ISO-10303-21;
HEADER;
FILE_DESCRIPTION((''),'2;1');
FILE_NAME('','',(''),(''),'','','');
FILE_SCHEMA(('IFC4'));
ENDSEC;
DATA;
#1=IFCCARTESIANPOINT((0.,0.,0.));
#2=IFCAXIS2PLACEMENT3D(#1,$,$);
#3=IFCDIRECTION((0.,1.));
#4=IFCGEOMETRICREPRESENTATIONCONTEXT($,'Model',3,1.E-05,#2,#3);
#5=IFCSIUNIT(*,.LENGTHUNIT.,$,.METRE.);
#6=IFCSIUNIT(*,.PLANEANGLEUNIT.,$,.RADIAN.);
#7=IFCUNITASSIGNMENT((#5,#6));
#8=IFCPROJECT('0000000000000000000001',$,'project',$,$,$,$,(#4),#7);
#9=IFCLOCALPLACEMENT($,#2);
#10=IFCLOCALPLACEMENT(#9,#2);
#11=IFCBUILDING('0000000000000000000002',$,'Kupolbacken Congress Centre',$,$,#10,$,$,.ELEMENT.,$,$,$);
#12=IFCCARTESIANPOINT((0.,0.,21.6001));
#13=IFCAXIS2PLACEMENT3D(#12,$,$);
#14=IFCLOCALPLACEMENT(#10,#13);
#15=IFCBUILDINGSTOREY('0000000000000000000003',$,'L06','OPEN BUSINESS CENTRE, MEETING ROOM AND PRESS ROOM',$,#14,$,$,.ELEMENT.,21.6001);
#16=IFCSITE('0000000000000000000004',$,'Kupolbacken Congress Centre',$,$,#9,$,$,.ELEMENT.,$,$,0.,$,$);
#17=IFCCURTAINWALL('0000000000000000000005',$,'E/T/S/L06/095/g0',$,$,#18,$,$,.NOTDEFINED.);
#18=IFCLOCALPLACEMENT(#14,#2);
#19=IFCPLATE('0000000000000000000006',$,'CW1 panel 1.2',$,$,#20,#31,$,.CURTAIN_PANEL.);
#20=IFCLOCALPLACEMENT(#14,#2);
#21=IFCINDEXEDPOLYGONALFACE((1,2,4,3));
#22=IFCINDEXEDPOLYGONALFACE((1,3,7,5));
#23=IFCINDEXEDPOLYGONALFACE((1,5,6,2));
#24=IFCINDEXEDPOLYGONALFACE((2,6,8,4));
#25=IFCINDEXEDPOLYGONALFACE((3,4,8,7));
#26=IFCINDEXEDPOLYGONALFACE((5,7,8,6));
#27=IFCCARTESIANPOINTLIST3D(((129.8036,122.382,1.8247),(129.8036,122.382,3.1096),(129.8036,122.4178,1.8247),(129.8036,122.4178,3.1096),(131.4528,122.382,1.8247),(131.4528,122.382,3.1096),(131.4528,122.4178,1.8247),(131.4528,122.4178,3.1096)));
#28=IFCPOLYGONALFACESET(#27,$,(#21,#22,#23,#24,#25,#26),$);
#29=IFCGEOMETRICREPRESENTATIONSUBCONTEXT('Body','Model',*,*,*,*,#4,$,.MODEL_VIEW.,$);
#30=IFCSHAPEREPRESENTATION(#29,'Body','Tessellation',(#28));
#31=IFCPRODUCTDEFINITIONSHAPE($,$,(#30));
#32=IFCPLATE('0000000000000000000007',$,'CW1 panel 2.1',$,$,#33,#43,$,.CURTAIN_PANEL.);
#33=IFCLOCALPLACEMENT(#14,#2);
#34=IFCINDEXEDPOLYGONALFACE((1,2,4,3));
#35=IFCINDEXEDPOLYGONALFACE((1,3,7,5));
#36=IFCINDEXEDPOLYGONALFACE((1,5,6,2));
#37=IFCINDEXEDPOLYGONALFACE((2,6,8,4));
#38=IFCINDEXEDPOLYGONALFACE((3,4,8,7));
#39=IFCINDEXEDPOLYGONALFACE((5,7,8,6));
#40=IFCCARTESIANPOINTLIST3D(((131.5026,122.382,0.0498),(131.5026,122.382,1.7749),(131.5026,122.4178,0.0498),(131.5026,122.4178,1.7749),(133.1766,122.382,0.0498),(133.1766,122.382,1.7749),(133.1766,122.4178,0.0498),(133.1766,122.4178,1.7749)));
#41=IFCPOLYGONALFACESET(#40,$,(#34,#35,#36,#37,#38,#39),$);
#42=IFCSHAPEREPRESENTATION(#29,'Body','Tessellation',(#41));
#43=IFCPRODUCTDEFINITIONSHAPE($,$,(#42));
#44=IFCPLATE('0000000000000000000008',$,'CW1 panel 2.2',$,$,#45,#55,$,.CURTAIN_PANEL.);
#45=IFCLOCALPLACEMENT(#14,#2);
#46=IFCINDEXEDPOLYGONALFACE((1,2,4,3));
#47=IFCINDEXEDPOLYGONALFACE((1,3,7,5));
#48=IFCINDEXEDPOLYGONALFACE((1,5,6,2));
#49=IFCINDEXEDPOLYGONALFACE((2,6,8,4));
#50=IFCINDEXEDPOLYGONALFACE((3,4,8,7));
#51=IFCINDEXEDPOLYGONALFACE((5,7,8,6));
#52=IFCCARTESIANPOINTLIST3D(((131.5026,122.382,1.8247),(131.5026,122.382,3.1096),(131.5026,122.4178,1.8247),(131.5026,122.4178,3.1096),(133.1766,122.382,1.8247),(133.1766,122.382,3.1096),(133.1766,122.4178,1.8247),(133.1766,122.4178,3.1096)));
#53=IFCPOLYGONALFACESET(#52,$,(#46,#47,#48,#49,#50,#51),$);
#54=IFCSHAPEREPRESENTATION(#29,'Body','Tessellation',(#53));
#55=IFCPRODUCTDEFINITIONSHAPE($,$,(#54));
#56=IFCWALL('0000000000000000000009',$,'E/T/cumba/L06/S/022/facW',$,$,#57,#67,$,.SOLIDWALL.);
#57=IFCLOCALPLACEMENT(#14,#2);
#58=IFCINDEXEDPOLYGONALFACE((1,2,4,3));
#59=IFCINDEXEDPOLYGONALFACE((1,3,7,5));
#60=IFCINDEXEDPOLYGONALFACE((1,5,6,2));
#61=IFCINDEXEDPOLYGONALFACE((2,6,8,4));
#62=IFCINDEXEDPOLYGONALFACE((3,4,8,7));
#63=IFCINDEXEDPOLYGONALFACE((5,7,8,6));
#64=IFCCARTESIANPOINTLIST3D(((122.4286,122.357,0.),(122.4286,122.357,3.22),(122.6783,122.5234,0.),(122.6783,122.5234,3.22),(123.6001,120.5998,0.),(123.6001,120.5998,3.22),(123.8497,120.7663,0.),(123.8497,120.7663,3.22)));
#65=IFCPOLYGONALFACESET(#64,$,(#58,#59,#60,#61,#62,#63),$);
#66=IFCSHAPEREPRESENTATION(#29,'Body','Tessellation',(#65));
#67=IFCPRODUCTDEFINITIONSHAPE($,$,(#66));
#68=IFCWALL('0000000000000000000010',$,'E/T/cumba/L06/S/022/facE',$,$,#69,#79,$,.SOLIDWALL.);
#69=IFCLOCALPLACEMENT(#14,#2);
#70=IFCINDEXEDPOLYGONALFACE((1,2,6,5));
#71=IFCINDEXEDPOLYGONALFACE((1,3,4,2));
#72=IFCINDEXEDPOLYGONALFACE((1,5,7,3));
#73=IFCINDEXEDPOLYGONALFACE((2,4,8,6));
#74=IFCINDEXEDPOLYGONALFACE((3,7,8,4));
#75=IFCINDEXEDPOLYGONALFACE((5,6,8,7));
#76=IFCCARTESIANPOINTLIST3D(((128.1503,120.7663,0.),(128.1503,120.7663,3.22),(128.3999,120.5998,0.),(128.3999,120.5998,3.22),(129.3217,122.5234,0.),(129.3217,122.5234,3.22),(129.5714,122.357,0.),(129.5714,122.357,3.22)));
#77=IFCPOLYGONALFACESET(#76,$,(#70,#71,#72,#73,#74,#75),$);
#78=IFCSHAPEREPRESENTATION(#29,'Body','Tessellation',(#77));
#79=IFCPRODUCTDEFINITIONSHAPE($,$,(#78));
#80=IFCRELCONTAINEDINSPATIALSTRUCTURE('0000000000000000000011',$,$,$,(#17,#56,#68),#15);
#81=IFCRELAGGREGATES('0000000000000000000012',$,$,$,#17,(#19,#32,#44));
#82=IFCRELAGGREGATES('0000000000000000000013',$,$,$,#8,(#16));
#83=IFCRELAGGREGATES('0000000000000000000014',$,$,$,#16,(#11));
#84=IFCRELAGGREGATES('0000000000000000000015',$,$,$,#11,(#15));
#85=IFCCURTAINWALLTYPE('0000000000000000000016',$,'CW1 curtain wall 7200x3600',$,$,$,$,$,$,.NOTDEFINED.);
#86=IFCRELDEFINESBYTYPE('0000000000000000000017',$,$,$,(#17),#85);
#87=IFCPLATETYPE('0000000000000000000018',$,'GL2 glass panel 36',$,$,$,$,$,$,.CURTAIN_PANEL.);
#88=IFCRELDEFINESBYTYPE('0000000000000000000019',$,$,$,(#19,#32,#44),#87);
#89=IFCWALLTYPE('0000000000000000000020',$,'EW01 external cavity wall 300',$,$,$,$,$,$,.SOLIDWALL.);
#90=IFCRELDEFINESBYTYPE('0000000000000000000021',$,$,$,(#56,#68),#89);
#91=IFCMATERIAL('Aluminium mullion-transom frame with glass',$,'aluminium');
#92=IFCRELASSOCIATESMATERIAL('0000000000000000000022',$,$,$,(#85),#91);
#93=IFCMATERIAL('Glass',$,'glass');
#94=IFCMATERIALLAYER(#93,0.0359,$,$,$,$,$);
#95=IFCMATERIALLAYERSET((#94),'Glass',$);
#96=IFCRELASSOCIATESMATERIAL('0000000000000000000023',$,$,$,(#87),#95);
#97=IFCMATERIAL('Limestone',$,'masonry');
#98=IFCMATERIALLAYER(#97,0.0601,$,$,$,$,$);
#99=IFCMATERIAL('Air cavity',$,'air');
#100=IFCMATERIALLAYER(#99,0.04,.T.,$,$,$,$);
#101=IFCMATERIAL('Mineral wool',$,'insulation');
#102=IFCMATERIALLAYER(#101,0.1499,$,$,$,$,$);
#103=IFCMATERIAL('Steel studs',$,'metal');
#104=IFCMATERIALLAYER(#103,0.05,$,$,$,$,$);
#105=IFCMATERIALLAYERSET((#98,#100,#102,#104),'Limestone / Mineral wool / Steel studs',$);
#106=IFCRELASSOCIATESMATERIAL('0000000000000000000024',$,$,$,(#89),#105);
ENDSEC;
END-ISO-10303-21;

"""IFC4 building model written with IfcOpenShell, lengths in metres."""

from ifc_helpers import new_model, si_unit, direction, frame, frame_2d, origin, origin_2d, place, context, subcontext, project, spatial, rectangle, extrude, material, layer, layer_set, type_object, element, aggregate, save


model = new_model("IFC4")

# Units and contexts
model_context = context("Model", 3, precision=1e-05, world=origin(), true_north=direction((0.0, 1.0)))
body_context = subcontext(model_context, "Body", "Model", "MODEL_VIEW")
ifc_project = project(units=[si_unit("LENGTHUNIT", "METRE"), si_unit("PLANEANGLEUNIT", "RADIAN")], contexts=[model_context])

# Site, building, storey
site_placement = place(None, origin())
site = spatial("IfcSite", under=ifc_project, at=site_placement, Name="Kupolbacken Congress Centre", CompositionType="ELEMENT", RefElevation=0.0)
building_placement = place(site_placement, origin())
building = spatial("IfcBuilding", under=site, at=building_placement, Name="Kupolbacken Congress Centre", CompositionType="ELEMENT")
storey_placement = place(building_placement, frame((0.0, 0.0, 21.6001)))
storey = spatial("IfcBuildingStorey", under=building, at=storey_placement, Name="L06", Description="OPEN BUSINESS CENTRE, MEETING ROOM AND PRESS ROOM", CompositionType="ELEMENT", Elevation=21.6001)

# Curtain wall, plates
ifc_material_1 = material(Name="Aluminium mullion-transom frame with glass", Category="aluminium")
curtain_wall_type = type_object("IfcCurtainWallType", Name="CW1 curtain wall 7200x3600", PredefinedType="NOTDEFINED", material=ifc_material_1)
curtain_wall_placement = place(storey_placement, origin())
curtain_wall = element("IfcCurtainWall", 1, at=curtain_wall_placement, inside=storey, type_object=curtain_wall_type, Name="E/T/S/L06/095/g0", PredefinedType="NOTDEFINED")
ifc_material_2 = material(Name="Glass", Category="glass")
ifc_layer_1 = layer(ifc_material_2, 0.0359)
ifc_layer_set_1 = layer_set([ifc_layer_1], Name="Glass")
plate_type = type_object("IfcPlateType", Name="GL2 glass panel 36", PredefinedType="CURTAIN_PANEL", material=ifc_layer_set_1)
plate_1_placement = place(storey_placement, frame((130.6282, 122.3999, 1.8247), z_axis=(0.0, 0.0, 1.0), x_axis=(1.0, 0.0, 0.0)))
plate_1 = element("IfcPlate", 2, at=plate_1_placement, type_object=plate_type, Name="CW1 panel 1.2", PredefinedType="CURTAIN_PANEL", context=body_context, shape_type="SweptSolid", body=[
    extrude(rectangle(XDim=1.6492, YDim=0.0359, at=origin_2d()), origin(), (0.0, 0.0, 1.0), 1.2849),
])
plate_2_placement = place(storey_placement, frame((132.3396, 122.3999, 0.0498), z_axis=(0.0, 0.0, 1.0), x_axis=(1.0, 0.0, 0.0)))
plate_2 = element("IfcPlate", 3, at=plate_2_placement, type_object=plate_type, Name="CW1 panel 2.1", PredefinedType="CURTAIN_PANEL", context=body_context, shape_type="SweptSolid", body=[
    extrude(rectangle(XDim=1.6741, YDim=0.0359, at=origin_2d()), origin(), (0.0, 0.0, 1.0), 1.7251),
])
plate_3_placement = place(storey_placement, frame((132.3396, 122.3999, 1.8247), z_axis=(0.0, 0.0, 1.0), x_axis=(1.0, 0.0, 0.0)))
plate_3 = element("IfcPlate", 4, at=plate_3_placement, type_object=plate_type, Name="CW1 panel 2.2", PredefinedType="CURTAIN_PANEL", context=body_context, shape_type="SweptSolid", body=[
    extrude(rectangle(XDim=1.6741, YDim=0.0359, at=origin_2d()), origin(), (0.0, 0.0, 1.0), 1.2849),
])
aggregate(curtain_wall, [plate_1, plate_2, plate_3])

# Walls
ifc_material_3 = material(Name="Limestone", Category="masonry")
ifc_layer_2 = layer(ifc_material_3, 0.0601)
ifc_material_4 = material(Name="Air cavity", Category="air")
ifc_layer_3 = layer(ifc_material_4, 0.04, ventilated=True)
ifc_material_5 = material(Name="Mineral wool", Category="insulation")
ifc_layer_4 = layer(ifc_material_5, 0.1499)
ifc_material_6 = material(Name="Steel studs", Category="metal")
ifc_layer_5 = layer(ifc_material_6, 0.05)
ifc_layer_set_2 = layer_set([ifc_layer_2, ifc_layer_3, ifc_layer_4, ifc_layer_5], Name="Limestone / Mineral wool / Steel studs")
wall_type = type_object("IfcWallType", Name="EW01 external cavity wall 300", PredefinedType="SOLIDWALL", material=ifc_layer_set_2)
for number, where, z_axis, x_axis, name in (
    (5, (122.5535, 122.4402, 0.0), (0.0, 0.0, 1.0), (0.5547, -0.83205, 0.0), "E/T/cumba/L06/S/022/facW"),
    (6, (129.4465, 122.4402, 0.0), (0.0, 0.0, 1.0), (-0.5547, -0.83205, 0.0), "E/T/cumba/L06/S/022/facE"),
):
    element("IfcWall", number, at=place(storey_placement, frame(where, z_axis=z_axis, x_axis=x_axis)), inside=storey, type_object=wall_type, Name=name, PredefinedType="SOLIDWALL", context=body_context, shape_type="SweptSolid", body=[
        extrude(rectangle(XDim=2.1118, YDim=0.3, at=frame_2d((1.0559, 0.0))), origin(), (0.0, 0.0, 1.0), 3.22),
    ])

save(model, "model.ifc")
